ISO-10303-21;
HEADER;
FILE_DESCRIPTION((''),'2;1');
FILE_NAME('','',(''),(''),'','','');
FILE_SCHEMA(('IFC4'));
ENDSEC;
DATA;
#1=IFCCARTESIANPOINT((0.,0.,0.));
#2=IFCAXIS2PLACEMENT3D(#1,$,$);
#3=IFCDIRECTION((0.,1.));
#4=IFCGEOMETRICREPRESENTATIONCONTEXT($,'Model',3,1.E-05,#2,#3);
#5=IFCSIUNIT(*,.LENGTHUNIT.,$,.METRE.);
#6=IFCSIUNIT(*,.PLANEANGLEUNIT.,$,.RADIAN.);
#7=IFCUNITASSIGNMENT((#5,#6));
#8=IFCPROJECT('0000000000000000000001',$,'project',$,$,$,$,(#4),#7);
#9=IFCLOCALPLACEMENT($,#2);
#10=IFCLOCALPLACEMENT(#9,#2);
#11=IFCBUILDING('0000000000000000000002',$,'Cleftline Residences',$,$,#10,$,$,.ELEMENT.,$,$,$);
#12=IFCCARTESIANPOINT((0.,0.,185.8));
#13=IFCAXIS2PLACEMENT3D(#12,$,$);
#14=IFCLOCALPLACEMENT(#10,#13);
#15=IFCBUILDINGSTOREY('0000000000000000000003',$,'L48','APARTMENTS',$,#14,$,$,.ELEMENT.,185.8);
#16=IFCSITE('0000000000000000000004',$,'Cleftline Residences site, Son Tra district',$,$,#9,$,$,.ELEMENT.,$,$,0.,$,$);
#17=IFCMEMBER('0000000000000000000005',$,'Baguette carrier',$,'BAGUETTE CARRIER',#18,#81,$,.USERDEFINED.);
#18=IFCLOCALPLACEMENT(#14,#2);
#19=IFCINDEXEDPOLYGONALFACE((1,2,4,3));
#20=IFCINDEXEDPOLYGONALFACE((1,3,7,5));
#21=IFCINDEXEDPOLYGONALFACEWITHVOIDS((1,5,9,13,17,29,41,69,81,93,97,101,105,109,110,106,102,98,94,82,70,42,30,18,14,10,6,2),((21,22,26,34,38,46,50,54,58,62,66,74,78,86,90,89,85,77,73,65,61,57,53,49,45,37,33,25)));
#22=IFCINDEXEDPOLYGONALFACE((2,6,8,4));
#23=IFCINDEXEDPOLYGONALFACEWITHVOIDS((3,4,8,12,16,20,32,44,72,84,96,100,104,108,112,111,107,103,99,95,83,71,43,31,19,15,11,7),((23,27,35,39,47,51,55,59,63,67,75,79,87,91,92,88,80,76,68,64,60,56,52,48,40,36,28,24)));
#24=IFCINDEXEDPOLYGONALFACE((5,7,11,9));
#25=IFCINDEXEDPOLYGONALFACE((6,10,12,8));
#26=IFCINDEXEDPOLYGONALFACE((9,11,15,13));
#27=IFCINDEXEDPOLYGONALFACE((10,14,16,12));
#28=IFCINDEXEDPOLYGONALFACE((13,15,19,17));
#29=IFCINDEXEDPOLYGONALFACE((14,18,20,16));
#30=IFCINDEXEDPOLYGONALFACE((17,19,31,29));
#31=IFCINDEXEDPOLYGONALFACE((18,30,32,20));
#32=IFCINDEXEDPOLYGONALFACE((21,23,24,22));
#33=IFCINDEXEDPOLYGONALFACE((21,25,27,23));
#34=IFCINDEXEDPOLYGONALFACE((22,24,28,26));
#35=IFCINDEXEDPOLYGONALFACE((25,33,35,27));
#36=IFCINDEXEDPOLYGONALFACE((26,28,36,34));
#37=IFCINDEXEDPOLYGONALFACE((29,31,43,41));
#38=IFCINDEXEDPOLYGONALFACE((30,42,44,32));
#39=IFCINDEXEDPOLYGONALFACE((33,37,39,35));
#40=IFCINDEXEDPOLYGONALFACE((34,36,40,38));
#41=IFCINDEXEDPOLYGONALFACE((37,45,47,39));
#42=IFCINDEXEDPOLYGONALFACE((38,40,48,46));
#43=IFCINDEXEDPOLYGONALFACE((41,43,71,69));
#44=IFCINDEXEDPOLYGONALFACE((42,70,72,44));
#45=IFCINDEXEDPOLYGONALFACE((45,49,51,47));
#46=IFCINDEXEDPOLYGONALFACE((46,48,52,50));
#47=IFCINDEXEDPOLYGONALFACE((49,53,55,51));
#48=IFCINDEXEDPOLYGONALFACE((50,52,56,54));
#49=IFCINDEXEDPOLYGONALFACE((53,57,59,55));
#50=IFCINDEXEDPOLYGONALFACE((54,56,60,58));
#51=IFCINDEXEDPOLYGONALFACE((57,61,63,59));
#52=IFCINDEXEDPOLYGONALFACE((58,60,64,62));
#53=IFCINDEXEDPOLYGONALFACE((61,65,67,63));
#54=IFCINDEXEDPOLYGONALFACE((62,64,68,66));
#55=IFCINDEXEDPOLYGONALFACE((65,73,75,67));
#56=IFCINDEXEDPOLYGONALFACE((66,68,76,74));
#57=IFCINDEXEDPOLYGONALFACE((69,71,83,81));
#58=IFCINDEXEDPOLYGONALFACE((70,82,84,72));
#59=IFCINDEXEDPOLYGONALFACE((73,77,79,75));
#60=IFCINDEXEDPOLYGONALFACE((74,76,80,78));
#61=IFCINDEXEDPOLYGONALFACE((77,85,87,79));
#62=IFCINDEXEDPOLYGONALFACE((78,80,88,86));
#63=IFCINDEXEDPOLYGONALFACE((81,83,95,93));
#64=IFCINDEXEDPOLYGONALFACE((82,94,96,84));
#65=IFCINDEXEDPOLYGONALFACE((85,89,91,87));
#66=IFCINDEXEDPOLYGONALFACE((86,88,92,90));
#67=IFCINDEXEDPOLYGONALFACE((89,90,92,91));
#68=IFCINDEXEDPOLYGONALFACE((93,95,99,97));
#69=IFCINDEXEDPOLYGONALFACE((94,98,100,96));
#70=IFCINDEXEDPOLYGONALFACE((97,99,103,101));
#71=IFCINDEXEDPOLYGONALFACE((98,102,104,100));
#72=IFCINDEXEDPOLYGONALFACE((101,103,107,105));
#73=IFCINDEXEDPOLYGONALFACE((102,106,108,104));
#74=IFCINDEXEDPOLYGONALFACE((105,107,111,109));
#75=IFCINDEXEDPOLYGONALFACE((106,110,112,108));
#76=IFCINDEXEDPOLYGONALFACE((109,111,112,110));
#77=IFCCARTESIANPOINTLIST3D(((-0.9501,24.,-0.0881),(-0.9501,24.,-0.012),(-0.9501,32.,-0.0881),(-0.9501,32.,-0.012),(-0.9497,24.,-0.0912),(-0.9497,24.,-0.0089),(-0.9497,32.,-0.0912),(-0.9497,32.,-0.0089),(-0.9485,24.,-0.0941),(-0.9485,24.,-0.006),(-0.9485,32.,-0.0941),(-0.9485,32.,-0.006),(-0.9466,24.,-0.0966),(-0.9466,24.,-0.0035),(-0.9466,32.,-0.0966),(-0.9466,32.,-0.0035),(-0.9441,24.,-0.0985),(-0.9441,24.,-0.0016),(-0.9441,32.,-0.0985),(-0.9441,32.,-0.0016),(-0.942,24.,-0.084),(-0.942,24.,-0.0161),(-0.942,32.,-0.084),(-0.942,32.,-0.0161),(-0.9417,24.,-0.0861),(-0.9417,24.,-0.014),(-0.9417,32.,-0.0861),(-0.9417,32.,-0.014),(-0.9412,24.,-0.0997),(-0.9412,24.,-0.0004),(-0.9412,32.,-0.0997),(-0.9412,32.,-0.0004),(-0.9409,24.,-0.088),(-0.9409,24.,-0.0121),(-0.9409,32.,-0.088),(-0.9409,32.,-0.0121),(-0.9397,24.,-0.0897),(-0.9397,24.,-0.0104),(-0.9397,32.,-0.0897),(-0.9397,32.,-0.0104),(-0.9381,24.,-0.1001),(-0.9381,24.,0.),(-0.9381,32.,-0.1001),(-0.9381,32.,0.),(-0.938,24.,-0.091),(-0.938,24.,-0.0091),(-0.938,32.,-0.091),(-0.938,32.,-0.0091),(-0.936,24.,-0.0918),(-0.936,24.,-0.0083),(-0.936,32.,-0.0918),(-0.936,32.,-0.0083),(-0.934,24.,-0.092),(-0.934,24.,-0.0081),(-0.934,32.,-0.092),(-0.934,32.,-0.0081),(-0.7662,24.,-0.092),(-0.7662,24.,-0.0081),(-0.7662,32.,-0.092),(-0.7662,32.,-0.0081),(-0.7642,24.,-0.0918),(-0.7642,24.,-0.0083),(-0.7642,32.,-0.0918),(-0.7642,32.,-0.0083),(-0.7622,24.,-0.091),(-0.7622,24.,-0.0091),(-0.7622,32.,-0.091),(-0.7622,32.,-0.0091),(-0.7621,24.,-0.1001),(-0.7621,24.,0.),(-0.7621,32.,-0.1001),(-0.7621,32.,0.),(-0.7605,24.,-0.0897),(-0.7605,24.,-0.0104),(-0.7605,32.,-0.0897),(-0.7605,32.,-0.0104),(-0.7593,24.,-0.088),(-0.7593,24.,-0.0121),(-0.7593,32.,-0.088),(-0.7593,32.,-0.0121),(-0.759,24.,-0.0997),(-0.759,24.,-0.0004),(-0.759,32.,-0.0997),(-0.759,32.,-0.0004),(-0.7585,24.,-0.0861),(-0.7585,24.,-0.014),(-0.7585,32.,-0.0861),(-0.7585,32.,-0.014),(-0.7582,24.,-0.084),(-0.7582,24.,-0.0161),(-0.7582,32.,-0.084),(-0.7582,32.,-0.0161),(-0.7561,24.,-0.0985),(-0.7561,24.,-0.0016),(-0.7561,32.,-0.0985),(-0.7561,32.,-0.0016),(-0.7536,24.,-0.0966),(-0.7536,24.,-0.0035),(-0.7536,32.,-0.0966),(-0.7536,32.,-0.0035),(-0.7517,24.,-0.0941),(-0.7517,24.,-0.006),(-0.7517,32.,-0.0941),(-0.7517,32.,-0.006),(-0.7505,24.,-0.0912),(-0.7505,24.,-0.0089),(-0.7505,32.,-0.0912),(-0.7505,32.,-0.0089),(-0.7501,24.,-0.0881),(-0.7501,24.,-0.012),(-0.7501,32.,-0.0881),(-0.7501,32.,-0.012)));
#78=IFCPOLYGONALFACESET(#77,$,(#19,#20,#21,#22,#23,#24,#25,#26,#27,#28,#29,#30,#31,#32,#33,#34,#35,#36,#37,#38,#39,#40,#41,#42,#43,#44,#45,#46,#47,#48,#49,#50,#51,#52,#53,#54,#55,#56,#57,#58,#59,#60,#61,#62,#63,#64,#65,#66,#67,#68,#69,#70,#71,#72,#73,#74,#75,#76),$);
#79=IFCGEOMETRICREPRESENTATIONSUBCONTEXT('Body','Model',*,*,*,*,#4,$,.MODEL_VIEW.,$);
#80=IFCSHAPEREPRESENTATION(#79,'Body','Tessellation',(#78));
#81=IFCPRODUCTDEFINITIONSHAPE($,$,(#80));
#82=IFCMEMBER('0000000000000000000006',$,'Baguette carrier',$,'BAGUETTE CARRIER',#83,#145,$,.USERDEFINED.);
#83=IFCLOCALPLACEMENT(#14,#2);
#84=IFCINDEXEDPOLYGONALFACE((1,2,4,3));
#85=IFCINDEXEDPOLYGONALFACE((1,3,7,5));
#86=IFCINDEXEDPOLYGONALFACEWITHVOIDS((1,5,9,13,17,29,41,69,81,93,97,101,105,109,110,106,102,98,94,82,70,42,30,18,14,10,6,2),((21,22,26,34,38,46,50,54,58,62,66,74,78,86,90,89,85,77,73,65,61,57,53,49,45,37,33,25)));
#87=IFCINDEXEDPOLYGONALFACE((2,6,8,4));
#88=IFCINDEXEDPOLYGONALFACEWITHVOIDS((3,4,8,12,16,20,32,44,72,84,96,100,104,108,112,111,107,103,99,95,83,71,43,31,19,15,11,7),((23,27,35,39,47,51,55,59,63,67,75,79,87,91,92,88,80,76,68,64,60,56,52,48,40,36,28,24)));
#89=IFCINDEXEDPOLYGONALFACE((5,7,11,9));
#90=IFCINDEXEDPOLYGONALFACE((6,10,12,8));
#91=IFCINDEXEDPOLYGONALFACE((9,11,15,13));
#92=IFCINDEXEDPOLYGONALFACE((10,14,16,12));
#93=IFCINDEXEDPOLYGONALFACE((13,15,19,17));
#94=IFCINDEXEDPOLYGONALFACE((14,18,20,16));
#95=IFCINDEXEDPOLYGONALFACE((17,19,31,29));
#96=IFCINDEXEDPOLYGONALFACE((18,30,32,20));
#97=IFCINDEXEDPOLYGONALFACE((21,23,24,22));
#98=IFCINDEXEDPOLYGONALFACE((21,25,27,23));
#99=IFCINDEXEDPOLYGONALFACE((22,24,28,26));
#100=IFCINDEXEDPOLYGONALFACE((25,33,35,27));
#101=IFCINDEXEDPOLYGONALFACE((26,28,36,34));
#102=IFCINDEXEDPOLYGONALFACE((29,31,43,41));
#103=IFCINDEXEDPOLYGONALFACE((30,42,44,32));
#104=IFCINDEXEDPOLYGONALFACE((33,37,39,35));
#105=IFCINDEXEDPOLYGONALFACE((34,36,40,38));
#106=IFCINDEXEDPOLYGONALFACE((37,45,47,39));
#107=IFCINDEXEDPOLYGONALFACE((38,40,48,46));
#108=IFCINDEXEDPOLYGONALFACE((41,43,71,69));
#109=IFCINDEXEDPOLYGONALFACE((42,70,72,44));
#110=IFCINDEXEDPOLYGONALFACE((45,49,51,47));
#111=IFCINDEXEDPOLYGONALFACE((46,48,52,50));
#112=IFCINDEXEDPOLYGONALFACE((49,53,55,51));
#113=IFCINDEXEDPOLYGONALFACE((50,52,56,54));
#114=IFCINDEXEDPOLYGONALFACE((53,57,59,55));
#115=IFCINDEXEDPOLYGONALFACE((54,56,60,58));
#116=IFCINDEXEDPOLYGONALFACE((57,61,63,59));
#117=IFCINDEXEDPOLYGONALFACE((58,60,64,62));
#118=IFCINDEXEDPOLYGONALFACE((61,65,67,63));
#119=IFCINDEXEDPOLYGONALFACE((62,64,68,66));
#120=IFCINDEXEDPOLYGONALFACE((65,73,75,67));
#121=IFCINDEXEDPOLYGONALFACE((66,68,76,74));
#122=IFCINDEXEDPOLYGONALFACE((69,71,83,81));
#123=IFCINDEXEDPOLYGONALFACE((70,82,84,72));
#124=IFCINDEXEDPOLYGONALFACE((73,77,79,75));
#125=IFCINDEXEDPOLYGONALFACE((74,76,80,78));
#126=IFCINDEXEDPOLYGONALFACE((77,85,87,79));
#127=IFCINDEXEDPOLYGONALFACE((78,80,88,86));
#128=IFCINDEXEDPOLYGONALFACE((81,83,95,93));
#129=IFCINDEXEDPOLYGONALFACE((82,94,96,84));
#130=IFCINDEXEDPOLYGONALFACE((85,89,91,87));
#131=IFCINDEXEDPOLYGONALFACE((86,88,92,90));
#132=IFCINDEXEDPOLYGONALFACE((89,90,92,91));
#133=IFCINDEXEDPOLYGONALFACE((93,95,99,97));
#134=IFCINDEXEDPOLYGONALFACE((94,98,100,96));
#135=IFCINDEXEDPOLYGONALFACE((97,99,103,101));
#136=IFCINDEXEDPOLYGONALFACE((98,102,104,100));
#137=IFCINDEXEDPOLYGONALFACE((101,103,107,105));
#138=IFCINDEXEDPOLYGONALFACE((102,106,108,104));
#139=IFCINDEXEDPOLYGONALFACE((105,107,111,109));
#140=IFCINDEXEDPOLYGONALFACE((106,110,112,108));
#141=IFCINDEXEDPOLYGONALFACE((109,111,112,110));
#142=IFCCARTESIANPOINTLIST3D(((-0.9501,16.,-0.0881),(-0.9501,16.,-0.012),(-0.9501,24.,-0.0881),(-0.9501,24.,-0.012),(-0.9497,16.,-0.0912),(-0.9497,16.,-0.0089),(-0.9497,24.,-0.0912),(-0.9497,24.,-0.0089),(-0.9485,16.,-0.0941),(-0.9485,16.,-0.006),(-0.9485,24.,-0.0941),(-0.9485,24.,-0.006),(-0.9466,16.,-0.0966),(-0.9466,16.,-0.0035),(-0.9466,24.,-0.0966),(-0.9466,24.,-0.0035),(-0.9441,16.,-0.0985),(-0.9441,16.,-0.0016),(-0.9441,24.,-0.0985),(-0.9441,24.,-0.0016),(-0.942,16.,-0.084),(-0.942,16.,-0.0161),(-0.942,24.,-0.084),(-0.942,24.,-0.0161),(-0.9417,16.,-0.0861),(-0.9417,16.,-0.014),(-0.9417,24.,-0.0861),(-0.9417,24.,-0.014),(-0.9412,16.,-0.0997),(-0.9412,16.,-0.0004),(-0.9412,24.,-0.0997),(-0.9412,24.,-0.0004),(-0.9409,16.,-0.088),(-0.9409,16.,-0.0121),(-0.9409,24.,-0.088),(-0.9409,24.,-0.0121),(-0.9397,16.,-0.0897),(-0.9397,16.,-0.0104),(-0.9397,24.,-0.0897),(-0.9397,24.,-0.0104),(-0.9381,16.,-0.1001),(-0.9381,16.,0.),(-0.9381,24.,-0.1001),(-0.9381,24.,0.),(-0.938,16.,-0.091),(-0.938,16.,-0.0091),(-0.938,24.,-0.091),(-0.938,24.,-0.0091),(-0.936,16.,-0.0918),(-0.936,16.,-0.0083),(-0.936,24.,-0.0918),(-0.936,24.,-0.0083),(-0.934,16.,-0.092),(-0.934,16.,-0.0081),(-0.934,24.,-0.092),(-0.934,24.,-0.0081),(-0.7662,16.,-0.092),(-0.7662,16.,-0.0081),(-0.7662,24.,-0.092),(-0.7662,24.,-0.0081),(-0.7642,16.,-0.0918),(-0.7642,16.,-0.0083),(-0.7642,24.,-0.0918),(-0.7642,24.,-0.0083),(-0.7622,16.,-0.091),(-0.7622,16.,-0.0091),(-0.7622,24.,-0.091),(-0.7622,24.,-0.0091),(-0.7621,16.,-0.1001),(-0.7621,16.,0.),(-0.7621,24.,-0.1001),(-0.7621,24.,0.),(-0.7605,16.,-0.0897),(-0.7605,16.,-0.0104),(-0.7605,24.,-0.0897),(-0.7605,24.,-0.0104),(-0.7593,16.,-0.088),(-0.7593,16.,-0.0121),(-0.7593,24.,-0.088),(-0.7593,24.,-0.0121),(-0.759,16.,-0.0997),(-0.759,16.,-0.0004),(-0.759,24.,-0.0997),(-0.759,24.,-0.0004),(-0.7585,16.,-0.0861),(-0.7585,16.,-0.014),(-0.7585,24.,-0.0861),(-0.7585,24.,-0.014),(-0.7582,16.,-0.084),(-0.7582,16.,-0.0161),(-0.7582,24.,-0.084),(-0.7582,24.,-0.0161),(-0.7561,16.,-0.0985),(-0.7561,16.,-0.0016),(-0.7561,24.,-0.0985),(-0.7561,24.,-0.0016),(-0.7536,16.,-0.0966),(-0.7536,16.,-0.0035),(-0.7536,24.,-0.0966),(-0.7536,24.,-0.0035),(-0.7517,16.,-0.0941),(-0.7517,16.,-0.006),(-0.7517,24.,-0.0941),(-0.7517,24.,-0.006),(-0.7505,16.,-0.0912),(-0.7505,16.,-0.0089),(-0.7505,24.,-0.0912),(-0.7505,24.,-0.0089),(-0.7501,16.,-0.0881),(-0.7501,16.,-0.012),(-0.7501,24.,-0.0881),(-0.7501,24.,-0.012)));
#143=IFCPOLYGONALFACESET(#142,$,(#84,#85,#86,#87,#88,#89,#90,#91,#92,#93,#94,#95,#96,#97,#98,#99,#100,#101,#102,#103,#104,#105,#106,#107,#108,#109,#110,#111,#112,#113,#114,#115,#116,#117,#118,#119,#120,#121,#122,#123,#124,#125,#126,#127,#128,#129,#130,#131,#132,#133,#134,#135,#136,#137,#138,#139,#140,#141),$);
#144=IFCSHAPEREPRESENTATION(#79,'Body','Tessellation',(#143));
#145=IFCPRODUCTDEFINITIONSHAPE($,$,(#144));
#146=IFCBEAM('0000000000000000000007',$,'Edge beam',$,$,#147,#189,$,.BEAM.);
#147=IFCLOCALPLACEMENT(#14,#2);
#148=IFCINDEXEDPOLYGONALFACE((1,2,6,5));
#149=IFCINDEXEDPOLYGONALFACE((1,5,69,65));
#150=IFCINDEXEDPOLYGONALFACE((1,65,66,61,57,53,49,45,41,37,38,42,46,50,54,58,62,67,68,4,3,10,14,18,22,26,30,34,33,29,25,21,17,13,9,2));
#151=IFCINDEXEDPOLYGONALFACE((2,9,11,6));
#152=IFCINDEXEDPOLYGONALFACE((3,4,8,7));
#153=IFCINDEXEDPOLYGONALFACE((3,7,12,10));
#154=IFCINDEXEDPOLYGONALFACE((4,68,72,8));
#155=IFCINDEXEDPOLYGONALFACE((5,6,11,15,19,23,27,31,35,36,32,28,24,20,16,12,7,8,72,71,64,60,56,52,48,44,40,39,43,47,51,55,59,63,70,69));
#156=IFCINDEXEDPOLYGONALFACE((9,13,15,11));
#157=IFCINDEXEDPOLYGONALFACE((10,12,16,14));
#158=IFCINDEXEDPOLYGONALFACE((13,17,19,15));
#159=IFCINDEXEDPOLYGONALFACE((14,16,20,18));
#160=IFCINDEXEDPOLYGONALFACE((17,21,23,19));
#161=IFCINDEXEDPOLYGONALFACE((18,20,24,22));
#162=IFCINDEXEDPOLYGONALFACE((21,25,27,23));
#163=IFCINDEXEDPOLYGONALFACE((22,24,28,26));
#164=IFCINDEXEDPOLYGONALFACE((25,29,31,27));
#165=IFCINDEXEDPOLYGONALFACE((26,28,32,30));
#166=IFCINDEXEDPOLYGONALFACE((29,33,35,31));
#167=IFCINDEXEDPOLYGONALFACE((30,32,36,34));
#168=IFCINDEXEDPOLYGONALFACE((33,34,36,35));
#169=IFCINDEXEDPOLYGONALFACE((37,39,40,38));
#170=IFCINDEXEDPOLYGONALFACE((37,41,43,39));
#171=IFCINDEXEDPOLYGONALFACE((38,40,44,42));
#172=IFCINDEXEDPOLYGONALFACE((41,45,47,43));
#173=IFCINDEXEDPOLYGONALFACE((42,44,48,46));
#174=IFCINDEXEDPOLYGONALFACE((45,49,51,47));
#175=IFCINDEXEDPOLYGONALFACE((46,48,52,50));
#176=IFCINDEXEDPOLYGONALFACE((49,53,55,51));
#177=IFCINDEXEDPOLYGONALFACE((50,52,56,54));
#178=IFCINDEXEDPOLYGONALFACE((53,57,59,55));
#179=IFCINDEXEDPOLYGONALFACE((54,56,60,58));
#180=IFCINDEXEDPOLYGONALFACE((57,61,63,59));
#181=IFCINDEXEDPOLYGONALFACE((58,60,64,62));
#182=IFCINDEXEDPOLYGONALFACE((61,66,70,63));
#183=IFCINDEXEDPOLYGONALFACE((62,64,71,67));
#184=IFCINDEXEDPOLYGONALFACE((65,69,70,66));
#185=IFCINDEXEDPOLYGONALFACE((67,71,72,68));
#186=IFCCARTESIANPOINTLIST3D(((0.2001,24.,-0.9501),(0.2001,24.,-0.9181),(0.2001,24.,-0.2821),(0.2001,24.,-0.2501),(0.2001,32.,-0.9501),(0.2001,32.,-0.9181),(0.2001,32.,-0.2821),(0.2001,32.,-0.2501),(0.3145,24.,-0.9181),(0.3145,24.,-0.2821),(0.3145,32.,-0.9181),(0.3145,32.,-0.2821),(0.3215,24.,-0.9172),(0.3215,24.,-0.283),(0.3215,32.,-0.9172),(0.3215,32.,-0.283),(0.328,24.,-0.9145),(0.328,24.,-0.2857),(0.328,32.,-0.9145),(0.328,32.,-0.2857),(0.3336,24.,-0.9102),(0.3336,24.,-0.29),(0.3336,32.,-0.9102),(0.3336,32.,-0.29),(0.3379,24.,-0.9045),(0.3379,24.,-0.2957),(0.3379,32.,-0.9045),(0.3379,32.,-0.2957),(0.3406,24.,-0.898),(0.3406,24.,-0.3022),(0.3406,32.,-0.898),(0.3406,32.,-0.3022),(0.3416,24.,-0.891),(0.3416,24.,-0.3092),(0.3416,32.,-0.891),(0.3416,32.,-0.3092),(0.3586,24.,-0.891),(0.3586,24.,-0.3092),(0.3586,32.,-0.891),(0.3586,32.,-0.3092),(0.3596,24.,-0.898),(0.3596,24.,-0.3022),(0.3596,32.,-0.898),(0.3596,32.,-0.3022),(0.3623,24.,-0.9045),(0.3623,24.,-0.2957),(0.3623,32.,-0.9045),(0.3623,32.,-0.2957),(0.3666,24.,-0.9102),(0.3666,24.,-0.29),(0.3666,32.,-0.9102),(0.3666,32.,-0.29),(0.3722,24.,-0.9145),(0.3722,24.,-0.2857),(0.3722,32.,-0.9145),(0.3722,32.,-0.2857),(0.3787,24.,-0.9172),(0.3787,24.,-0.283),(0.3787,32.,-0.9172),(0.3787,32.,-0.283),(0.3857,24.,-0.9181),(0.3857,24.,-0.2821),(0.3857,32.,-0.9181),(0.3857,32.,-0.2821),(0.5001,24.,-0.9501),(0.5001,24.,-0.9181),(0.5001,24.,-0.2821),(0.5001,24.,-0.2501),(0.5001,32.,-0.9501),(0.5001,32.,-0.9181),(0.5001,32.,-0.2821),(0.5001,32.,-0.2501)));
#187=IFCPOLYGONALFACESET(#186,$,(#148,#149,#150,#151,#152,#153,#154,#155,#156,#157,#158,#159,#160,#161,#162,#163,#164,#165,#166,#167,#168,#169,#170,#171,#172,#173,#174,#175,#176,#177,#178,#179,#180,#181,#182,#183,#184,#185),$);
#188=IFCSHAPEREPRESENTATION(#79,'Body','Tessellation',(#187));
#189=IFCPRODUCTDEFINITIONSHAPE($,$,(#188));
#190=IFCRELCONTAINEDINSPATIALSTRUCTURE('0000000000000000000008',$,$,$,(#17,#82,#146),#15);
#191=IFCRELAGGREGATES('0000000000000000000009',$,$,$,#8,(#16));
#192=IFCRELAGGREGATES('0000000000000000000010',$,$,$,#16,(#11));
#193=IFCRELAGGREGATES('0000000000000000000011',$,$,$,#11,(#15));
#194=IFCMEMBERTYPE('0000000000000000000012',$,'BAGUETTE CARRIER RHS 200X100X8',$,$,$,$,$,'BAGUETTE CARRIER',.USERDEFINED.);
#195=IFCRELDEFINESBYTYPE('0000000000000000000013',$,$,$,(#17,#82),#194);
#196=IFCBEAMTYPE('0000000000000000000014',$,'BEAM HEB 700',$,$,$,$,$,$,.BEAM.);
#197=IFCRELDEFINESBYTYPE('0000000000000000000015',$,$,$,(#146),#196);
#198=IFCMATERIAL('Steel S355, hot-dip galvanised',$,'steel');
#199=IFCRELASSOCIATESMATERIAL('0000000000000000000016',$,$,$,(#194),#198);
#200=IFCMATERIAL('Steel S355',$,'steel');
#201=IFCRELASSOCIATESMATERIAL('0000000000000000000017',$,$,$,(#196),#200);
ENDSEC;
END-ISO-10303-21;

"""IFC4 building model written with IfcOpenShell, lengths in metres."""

from ifc_helpers import new_model, si_unit, direction, frame, origin, origin_2d, place, context, subcontext, project, spatial, hollow_rectangle, i_section, extrude, material, material_profile, profile_set, type_object, element, save


model = new_model("IFC4")

# Units and contexts
model_context = context("Model", 3, precision=1e-05, world=origin(), true_north=direction((0.0, 1.0)))
body_context = subcontext(model_context, "Body", "Model", "MODEL_VIEW")
ifc_project = project(units=[si_unit("LENGTHUNIT", "METRE"), si_unit("PLANEANGLEUNIT", "RADIAN")], contexts=[model_context])

# Site, building, storey
site_placement = place(None, origin())
site = spatial("IfcSite", under=ifc_project, at=site_placement, Name="Cleftline Residences site, Son Tra district", CompositionType="ELEMENT", RefElevation=0.0)
building_placement = place(site_placement, origin())
building = spatial("IfcBuilding", under=site, at=building_placement, Name="Cleftline Residences", CompositionType="ELEMENT")
storey_placement = place(building_placement, frame((0.0, 0.0, 185.8)))
storey = spatial("IfcBuildingStorey", under=building, at=storey_placement, Name="L48", Description="APARTMENTS", CompositionType="ELEMENT", Elevation=185.8)

# Members
ifc_material_1 = material(Name="Steel S355, hot-dip galvanised", Category="steel")
ifc_material_profile_1 = material_profile(ifc_material_1, hollow_rectangle(XDim=0.1001, YDim=0.2, WallThickness=0.0081, InnerFilletRadius=0.0081, OuterFilletRadius=0.012, at=origin_2d()))
ifc_profile_set_1 = profile_set([ifc_material_profile_1], Name="Steel S355, hot-dip galvanised")
member_type_1 = type_object("IfcMemberType", Name="BAGUETTE CARRIER RHS 200X100X8", ElementType="BAGUETTE CARRIER", PredefinedType="USERDEFINED", material=ifc_profile_set_1)
for number, where, z_axis, x_axis, name in (
    (1, (-0.8501, 32.0, -0.05), (0.0, -1.0, 0.0), (0.0, 0.0, 1.0), "Baguette carrier"),
    (2, (-0.8501, 24.0, -0.05), (0.0, -1.0, 0.0), (0.0, 0.0, 1.0), "Baguette carrier"),
):
    element("IfcMember", number, at=place(storey_placement, frame(where, z_axis=z_axis, x_axis=x_axis)), inside=storey, type_object=member_type_1, Name=name, ObjectType="BAGUETTE CARRIER", PredefinedType="USERDEFINED", context=body_context, shape_type="SweptSolid", body=[
        extrude(hollow_rectangle(XDim=0.1001, YDim=0.2, WallThickness=0.0081, InnerFilletRadius=0.0081, OuterFilletRadius=0.012, at=origin_2d()), origin(), (0.0, 0.0, 1.0), 8.0),
    ])

# Beam
ifc_material_2 = material(Name="Steel S355", Category="steel")
ifc_material_profile_2 = material_profile(ifc_material_2, i_section(OverallWidth=0.3, OverallDepth=0.7, WebThickness=0.0171, FlangeThickness=0.032, FilletRadius=0.0271, at=origin_2d()))
ifc_profile_set_2 = profile_set([ifc_material_profile_2], Name="Steel S355")
beam_type_1 = type_object("IfcBeamType", Name="BEAM HEB 700", PredefinedType="BEAM", material=ifc_profile_set_2)
for number, where, z_axis, x_axis, name in (
    (3, (0.3501, 24.0, -0.6001), (0.0, 1.0, 0.0), (-1.0, 0.0, 0.0), "Edge beam"),
):
    element("IfcBeam", number, at=place(storey_placement, frame(where, z_axis=z_axis, x_axis=x_axis)), inside=storey, type_object=beam_type_1, Name=name, PredefinedType="BEAM", context=body_context, shape_type="SweptSolid", body=[
        extrude(i_section(OverallWidth=0.3, OverallDepth=0.7, WebThickness=0.0171, FlangeThickness=0.032, FilletRadius=0.0271, at=origin_2d()), origin(), (0.0, 0.0, 1.0), 8.0),
    ])

save(model, "model.ifc")
